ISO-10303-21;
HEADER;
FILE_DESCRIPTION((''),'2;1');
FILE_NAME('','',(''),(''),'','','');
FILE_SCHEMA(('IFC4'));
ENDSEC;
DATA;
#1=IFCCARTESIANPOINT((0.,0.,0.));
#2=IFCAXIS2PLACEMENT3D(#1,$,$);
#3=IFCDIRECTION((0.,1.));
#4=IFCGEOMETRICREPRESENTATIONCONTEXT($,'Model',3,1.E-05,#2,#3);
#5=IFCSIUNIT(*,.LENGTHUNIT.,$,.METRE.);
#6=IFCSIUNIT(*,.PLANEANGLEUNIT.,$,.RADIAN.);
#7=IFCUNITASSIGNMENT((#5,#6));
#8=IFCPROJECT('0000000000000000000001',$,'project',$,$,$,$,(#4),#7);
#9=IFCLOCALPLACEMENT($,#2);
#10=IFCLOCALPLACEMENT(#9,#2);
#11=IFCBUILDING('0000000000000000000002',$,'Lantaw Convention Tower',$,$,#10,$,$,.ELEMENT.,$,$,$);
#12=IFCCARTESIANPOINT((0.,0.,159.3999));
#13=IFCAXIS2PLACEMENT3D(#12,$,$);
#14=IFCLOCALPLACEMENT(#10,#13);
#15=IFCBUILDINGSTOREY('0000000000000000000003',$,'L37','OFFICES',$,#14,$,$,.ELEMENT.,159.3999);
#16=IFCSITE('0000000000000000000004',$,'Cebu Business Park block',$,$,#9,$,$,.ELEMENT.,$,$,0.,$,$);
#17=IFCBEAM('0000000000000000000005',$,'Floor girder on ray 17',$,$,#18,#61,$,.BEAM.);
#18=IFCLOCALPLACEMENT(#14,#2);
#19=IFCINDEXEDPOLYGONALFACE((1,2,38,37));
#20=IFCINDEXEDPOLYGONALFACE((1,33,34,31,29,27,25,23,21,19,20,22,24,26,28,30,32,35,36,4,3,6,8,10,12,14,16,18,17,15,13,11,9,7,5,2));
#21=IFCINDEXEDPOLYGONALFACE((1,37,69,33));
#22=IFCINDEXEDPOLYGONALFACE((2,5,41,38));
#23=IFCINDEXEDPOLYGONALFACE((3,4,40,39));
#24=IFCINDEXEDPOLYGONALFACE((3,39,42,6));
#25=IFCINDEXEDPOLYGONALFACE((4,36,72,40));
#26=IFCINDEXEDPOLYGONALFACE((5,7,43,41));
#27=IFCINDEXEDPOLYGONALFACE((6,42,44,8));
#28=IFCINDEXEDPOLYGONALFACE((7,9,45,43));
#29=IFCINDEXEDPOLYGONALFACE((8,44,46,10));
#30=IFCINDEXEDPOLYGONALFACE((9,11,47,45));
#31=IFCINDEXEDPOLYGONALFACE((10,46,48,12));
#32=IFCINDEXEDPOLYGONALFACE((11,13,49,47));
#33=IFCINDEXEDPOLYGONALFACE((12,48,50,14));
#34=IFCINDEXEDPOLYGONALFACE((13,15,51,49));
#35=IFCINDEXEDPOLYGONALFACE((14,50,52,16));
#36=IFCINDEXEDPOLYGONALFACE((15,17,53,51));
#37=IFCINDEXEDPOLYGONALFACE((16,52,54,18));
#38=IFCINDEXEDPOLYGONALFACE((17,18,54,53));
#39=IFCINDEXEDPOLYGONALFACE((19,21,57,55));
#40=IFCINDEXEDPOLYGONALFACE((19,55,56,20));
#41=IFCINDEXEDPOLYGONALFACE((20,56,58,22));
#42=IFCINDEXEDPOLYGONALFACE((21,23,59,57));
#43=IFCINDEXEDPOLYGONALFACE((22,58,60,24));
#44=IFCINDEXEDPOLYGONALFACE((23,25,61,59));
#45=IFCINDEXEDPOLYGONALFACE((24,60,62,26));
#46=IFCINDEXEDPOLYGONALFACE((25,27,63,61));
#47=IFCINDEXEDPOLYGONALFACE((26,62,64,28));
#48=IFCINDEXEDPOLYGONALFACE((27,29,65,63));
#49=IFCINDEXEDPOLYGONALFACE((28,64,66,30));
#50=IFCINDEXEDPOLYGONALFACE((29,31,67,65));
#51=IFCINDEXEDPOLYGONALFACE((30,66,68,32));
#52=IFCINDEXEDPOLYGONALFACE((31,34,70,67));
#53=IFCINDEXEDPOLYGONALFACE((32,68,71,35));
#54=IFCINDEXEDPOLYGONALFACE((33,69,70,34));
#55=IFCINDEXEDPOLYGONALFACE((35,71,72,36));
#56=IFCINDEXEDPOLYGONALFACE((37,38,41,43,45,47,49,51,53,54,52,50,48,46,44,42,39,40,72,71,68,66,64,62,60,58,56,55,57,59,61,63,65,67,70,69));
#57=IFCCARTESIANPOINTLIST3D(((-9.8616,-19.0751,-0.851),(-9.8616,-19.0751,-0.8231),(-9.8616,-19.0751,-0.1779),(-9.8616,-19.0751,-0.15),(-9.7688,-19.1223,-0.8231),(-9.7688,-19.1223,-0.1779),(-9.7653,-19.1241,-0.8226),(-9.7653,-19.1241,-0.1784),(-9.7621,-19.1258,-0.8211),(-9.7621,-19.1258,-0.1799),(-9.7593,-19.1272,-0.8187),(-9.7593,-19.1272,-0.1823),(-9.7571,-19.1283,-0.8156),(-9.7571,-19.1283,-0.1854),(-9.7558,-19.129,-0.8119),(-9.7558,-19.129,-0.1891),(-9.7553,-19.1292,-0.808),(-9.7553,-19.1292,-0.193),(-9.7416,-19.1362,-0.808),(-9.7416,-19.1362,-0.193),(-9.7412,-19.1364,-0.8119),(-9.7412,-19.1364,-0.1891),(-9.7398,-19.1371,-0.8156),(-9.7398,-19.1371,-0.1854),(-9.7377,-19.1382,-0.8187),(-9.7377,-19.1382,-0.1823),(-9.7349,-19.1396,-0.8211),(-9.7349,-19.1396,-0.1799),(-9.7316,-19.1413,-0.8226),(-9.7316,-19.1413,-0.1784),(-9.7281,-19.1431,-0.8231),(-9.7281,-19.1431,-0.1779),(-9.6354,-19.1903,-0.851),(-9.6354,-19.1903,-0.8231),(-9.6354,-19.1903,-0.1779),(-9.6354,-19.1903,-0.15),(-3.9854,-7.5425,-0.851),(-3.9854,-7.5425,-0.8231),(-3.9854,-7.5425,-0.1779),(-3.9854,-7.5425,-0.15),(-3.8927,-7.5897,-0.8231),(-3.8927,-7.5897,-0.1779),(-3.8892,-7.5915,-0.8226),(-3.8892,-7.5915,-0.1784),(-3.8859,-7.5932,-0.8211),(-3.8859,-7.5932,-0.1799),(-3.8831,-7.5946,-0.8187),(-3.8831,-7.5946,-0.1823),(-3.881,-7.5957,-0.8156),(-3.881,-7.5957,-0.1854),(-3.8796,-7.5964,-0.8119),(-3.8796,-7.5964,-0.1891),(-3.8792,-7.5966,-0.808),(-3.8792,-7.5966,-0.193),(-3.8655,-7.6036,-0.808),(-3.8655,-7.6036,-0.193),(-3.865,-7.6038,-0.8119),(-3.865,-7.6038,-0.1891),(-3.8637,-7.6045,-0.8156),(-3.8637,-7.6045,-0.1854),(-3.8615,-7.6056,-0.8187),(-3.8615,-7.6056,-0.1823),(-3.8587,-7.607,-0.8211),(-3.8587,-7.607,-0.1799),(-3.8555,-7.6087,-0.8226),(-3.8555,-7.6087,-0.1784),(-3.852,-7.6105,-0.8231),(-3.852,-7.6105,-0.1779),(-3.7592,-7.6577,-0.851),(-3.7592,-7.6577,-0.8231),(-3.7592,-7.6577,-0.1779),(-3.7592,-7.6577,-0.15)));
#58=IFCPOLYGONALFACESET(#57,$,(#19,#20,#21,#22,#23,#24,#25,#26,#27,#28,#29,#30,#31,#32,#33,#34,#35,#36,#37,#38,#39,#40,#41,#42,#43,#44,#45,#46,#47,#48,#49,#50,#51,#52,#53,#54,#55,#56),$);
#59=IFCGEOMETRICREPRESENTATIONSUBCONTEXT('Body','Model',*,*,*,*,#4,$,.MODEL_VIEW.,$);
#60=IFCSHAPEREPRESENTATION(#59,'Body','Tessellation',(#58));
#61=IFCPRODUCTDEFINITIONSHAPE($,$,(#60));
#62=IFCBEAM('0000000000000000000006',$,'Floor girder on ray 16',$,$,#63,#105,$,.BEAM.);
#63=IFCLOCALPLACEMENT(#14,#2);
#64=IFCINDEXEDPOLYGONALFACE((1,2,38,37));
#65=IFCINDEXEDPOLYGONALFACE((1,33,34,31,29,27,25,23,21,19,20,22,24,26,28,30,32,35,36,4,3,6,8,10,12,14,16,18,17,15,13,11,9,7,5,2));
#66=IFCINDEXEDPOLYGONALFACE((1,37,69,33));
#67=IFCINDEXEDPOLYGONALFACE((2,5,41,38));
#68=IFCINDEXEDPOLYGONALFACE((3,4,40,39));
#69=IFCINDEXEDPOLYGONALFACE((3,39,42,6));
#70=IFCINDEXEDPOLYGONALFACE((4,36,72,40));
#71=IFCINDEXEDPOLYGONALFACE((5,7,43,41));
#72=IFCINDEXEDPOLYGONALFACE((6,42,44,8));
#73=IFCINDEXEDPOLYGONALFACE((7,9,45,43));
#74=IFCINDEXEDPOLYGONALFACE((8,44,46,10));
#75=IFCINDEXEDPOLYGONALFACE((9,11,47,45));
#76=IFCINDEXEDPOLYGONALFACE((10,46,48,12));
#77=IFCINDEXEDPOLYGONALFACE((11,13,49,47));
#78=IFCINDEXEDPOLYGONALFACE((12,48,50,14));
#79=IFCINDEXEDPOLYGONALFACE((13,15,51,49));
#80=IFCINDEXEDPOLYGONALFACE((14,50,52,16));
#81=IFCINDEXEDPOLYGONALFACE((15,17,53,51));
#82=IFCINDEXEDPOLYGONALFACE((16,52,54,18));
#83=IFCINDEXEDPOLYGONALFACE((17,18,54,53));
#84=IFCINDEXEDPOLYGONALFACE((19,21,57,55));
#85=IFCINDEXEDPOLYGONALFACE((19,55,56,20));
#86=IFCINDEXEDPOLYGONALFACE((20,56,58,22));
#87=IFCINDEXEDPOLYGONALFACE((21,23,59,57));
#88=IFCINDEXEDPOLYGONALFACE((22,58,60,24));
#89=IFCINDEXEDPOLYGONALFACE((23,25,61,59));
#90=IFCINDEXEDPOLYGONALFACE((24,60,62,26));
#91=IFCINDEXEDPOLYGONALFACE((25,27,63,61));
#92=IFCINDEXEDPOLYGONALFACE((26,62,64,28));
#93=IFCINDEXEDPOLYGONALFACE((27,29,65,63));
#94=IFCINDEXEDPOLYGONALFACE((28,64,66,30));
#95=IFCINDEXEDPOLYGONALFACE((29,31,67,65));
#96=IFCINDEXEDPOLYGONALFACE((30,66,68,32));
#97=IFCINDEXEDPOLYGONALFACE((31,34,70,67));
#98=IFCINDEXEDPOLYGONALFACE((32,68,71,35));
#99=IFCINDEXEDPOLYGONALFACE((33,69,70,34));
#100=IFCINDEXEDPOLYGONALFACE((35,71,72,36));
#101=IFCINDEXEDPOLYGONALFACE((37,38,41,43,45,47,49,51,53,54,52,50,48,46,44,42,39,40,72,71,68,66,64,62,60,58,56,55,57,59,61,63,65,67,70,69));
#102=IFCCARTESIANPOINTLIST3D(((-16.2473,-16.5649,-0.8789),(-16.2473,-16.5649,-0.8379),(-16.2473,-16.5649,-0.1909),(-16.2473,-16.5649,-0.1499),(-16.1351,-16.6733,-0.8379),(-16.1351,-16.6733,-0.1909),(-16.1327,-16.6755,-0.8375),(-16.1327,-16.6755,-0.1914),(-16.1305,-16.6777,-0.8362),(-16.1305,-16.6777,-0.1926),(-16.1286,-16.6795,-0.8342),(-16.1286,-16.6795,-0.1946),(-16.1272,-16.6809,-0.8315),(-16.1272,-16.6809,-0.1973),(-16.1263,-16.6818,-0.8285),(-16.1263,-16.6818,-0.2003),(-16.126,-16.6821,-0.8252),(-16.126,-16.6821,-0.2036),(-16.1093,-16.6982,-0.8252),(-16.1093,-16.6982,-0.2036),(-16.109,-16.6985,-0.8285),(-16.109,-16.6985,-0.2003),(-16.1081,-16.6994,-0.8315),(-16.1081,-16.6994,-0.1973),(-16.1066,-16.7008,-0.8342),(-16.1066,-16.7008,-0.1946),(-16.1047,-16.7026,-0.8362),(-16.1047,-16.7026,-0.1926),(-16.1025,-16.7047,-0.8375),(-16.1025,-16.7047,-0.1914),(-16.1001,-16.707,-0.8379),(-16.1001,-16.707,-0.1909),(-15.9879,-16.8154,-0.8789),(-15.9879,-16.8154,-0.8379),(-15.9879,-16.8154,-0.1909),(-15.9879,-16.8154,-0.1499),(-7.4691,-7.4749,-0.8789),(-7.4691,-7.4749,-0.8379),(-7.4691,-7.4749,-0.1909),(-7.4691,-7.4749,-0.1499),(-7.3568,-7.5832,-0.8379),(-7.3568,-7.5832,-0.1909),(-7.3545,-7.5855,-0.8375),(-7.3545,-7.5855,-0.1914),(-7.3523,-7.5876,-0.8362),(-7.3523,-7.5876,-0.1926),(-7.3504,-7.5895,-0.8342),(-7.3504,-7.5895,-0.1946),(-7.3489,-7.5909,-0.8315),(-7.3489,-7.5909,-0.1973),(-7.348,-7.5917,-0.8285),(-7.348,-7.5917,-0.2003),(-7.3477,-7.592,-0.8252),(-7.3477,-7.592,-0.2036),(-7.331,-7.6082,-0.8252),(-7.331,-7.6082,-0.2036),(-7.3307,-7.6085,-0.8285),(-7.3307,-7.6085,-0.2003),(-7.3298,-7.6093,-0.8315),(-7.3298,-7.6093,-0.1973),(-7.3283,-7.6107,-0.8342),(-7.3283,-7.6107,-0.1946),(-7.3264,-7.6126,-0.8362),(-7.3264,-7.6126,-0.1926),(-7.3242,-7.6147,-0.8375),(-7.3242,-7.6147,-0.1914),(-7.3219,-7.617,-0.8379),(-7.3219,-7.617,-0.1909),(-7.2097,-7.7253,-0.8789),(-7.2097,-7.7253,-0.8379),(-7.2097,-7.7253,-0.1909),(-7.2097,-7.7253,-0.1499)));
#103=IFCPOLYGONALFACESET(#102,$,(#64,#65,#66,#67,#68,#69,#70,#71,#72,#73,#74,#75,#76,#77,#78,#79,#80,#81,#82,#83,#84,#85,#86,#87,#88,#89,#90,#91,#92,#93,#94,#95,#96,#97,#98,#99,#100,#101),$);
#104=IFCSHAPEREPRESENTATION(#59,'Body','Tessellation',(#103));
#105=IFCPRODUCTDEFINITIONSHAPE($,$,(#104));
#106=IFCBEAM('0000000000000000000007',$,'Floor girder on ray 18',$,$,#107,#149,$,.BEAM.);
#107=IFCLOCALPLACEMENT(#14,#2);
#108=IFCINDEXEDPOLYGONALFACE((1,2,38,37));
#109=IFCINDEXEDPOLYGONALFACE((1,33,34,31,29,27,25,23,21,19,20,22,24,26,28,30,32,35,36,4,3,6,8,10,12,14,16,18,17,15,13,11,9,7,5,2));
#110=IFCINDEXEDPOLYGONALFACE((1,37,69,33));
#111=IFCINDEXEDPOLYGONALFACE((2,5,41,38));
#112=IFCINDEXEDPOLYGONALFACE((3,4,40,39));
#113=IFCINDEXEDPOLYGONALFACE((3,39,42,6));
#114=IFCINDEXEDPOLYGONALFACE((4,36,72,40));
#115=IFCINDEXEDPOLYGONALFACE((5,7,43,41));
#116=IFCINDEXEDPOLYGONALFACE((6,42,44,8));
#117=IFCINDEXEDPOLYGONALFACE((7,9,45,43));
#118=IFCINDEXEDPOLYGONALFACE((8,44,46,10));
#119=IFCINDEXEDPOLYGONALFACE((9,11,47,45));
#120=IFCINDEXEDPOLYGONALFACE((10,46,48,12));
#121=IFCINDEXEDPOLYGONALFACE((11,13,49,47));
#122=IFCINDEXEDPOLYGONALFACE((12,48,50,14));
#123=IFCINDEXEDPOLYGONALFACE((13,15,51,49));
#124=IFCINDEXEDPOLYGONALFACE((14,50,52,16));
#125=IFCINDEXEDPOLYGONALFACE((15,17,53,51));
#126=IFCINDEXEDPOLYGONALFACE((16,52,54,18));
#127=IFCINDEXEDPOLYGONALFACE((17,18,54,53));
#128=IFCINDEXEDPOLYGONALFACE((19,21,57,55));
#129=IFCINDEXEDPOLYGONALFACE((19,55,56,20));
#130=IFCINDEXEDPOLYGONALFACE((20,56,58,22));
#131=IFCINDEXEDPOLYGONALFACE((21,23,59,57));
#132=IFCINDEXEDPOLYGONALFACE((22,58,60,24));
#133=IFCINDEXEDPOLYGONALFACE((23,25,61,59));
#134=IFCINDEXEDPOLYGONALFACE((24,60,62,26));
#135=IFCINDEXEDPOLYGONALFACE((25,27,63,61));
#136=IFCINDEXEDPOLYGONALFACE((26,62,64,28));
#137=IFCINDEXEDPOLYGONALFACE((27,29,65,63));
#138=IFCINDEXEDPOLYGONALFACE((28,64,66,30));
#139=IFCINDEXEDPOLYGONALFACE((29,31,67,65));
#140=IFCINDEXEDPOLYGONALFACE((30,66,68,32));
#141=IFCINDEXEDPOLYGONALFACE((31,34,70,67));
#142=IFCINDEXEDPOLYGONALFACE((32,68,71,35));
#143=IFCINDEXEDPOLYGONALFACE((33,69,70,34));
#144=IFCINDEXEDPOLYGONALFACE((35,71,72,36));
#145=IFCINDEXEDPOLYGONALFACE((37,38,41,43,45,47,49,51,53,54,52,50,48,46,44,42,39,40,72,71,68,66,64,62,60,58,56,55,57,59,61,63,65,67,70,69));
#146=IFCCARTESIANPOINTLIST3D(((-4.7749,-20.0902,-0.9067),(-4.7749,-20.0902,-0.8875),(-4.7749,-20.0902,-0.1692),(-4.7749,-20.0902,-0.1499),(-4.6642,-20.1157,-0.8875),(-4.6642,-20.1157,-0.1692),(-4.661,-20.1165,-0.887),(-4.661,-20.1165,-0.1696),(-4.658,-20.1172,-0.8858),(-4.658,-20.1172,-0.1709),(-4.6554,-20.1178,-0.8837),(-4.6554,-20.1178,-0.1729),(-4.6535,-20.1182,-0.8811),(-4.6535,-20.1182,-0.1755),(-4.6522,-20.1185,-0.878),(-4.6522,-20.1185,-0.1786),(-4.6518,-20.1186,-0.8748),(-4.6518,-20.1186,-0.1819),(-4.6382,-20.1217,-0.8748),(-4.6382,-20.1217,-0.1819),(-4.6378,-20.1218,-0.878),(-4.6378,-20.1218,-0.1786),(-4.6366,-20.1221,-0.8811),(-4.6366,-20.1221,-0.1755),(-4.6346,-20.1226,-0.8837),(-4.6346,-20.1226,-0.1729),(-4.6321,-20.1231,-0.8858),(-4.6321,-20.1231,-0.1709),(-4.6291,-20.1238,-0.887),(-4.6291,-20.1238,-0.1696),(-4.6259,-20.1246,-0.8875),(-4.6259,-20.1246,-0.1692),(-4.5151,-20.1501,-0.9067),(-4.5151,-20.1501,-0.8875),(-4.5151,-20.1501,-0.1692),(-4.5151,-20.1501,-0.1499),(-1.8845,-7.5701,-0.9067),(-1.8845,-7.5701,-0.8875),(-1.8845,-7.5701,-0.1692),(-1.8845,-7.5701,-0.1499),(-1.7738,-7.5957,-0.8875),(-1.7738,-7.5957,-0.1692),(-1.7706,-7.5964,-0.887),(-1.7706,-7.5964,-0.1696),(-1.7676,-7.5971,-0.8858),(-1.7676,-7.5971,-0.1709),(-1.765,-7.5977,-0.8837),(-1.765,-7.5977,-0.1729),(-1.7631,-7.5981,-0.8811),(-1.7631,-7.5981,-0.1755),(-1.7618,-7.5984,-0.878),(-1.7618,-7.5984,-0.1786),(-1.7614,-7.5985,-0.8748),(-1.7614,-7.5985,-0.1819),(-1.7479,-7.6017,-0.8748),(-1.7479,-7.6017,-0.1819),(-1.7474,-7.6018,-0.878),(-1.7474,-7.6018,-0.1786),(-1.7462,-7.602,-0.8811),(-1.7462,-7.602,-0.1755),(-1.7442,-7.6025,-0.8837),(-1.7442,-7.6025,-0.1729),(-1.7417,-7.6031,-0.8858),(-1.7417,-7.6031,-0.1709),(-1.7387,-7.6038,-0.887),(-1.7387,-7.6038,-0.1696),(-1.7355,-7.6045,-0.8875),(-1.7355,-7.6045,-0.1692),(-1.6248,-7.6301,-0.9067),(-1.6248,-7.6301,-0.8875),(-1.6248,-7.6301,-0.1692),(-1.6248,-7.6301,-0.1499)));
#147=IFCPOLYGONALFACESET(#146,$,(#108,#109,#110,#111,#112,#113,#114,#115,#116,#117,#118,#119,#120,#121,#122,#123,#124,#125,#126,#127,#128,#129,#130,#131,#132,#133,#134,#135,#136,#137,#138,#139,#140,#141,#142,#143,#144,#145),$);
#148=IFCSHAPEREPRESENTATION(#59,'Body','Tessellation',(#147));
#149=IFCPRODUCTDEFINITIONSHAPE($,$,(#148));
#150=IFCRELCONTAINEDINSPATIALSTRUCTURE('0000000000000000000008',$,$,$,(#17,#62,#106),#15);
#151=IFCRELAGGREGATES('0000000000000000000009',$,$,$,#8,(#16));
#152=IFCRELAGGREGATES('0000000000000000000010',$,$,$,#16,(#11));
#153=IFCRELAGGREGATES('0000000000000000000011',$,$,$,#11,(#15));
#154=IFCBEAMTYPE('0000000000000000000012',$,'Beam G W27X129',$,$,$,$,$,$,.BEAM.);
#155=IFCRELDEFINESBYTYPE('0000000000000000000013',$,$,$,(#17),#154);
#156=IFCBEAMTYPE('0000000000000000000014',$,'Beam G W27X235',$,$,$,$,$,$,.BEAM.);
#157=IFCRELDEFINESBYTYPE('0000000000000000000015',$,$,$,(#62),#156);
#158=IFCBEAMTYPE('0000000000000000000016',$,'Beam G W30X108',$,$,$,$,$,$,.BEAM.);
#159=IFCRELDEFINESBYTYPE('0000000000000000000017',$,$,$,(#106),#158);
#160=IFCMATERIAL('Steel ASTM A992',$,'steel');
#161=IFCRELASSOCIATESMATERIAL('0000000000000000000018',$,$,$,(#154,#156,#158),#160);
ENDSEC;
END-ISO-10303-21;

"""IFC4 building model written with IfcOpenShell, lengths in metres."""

from ifc_helpers import new_model, si_unit, direction, frame, origin, origin_2d, place, context, subcontext, project, spatial, i_section, extrude, material, material_profile, profile_set, type_object, element, save


model = new_model("IFC4")

# Units and contexts
model_context = context("Model", 3, precision=1e-05, world=origin(), true_north=direction((0.0, 1.0)))
body_context = subcontext(model_context, "Body", "Model", "MODEL_VIEW")
ifc_project = project(units=[si_unit("LENGTHUNIT", "METRE"), si_unit("PLANEANGLEUNIT", "RADIAN")], contexts=[model_context])

# Site, building, storey
site_placement = place(None, origin())
site = spatial("IfcSite", under=ifc_project, at=site_placement, Name="Cebu Business Park block", CompositionType="ELEMENT", RefElevation=0.0)
building_placement = place(site_placement, origin())
building = spatial("IfcBuilding", under=site, at=building_placement, Name="Lantaw Convention Tower", CompositionType="ELEMENT")
storey_placement = place(building_placement, frame((0.0, 0.0, 159.3999)))
storey = spatial("IfcBuildingStorey", under=building, at=storey_placement, Name="L37", Description="OFFICES", CompositionType="ELEMENT", Elevation=159.3999)

# Beams
ifc_material_1 = material(Name="Steel ASTM A992", Category="steel")
ifc_material_profile_1 = material_profile(ifc_material_1, i_section(OverallWidth=0.2539, OverallDepth=0.7009, WebThickness=0.0154, FlangeThickness=0.0278, FilletRadius=0.0151, at=origin_2d()), Name="W27X129")
ifc_profile_set_1 = profile_set([ifc_material_profile_1], Name="Steel ASTM A992")
beam_type_1 = type_object("IfcBeamType", Name="Beam G W27X129", PredefinedType="BEAM", material=ifc_profile_set_1)
beam_1_placement = place(storey_placement, frame((-3.8723, -7.6001, -0.5005), z_axis=(-0.453991, -0.891006, 0.0), x_axis=(0.891006, -0.453991, 0.0)))
element("IfcBeam", 1, at=beam_1_placement, inside=storey, type_object=beam_type_1, Name="Floor girder on ray 17", PredefinedType="BEAM", context=body_context, shape_type="SweptSolid", body=[
    extrude(i_section(OverallWidth=0.2539, OverallDepth=0.7009, WebThickness=0.0154, FlangeThickness=0.0278, FilletRadius=0.0151, at=origin_2d()), origin(), (0.0, 0.0, 1.0), 12.9434),
])
ifc_material_profile_2 = material_profile(ifc_material_1, i_section(OverallWidth=0.3606, OverallDepth=0.729, WebThickness=0.0232, FlangeThickness=0.041, FilletRadius=0.0127, at=origin_2d()), Name="W27X235")
ifc_profile_set_2 = profile_set([ifc_material_profile_2], Name="Steel ASTM A992")
beam_type_2 = type_object("IfcBeamType", Name="Beam G W27X235", PredefinedType="BEAM", material=ifc_profile_set_2)
beam_2_placement = place(storey_placement, frame((-7.3394, -7.6001, -0.5144), z_axis=(-0.694663, -0.719335, 0.0), x_axis=(0.719335, -0.694663, 0.0)))
element("IfcBeam", 2, at=beam_2_placement, inside=storey, type_object=beam_type_2, Name="Floor girder on ray 16", PredefinedType="BEAM", context=body_context, shape_type="SweptSolid", body=[
    extrude(i_section(OverallWidth=0.3606, OverallDepth=0.729, WebThickness=0.0232, FlangeThickness=0.041, FilletRadius=0.0127, at=origin_2d()), origin(), (0.0, 0.0, 1.0), 12.6367),
])
ifc_material_profile_3 = material_profile(ifc_material_1, i_section(OverallWidth=0.2666, OverallDepth=0.7568, WebThickness=0.0139, FlangeThickness=0.0193, FilletRadius=0.0127, at=origin_2d()), Name="W30X108")
ifc_profile_set_3 = profile_set([ifc_material_profile_3], Name="Steel ASTM A992")
beam_type_3 = type_object("IfcBeamType", Name="Beam G W30X108", PredefinedType="BEAM", material=ifc_profile_set_3)
beam_3_placement = place(storey_placement, frame((-1.7546, -7.6001, -0.5283), z_axis=(-0.224944, -0.974372, 0.0), x_axis=(0.974372, -0.224944, 0.0)))
element("IfcBeam", 3, at=beam_3_placement, inside=storey, type_object=beam_type_3, Name="Floor girder on ray 18", PredefinedType="BEAM", context=body_context, shape_type="SweptSolid", body=[
    extrude(i_section(OverallWidth=0.2666, OverallDepth=0.7568, WebThickness=0.0139, FlangeThickness=0.0193, FilletRadius=0.0127, at=origin_2d()), origin(), (0.0, 0.0, 1.0), 12.8494),
])

save(model, "model.ifc")
